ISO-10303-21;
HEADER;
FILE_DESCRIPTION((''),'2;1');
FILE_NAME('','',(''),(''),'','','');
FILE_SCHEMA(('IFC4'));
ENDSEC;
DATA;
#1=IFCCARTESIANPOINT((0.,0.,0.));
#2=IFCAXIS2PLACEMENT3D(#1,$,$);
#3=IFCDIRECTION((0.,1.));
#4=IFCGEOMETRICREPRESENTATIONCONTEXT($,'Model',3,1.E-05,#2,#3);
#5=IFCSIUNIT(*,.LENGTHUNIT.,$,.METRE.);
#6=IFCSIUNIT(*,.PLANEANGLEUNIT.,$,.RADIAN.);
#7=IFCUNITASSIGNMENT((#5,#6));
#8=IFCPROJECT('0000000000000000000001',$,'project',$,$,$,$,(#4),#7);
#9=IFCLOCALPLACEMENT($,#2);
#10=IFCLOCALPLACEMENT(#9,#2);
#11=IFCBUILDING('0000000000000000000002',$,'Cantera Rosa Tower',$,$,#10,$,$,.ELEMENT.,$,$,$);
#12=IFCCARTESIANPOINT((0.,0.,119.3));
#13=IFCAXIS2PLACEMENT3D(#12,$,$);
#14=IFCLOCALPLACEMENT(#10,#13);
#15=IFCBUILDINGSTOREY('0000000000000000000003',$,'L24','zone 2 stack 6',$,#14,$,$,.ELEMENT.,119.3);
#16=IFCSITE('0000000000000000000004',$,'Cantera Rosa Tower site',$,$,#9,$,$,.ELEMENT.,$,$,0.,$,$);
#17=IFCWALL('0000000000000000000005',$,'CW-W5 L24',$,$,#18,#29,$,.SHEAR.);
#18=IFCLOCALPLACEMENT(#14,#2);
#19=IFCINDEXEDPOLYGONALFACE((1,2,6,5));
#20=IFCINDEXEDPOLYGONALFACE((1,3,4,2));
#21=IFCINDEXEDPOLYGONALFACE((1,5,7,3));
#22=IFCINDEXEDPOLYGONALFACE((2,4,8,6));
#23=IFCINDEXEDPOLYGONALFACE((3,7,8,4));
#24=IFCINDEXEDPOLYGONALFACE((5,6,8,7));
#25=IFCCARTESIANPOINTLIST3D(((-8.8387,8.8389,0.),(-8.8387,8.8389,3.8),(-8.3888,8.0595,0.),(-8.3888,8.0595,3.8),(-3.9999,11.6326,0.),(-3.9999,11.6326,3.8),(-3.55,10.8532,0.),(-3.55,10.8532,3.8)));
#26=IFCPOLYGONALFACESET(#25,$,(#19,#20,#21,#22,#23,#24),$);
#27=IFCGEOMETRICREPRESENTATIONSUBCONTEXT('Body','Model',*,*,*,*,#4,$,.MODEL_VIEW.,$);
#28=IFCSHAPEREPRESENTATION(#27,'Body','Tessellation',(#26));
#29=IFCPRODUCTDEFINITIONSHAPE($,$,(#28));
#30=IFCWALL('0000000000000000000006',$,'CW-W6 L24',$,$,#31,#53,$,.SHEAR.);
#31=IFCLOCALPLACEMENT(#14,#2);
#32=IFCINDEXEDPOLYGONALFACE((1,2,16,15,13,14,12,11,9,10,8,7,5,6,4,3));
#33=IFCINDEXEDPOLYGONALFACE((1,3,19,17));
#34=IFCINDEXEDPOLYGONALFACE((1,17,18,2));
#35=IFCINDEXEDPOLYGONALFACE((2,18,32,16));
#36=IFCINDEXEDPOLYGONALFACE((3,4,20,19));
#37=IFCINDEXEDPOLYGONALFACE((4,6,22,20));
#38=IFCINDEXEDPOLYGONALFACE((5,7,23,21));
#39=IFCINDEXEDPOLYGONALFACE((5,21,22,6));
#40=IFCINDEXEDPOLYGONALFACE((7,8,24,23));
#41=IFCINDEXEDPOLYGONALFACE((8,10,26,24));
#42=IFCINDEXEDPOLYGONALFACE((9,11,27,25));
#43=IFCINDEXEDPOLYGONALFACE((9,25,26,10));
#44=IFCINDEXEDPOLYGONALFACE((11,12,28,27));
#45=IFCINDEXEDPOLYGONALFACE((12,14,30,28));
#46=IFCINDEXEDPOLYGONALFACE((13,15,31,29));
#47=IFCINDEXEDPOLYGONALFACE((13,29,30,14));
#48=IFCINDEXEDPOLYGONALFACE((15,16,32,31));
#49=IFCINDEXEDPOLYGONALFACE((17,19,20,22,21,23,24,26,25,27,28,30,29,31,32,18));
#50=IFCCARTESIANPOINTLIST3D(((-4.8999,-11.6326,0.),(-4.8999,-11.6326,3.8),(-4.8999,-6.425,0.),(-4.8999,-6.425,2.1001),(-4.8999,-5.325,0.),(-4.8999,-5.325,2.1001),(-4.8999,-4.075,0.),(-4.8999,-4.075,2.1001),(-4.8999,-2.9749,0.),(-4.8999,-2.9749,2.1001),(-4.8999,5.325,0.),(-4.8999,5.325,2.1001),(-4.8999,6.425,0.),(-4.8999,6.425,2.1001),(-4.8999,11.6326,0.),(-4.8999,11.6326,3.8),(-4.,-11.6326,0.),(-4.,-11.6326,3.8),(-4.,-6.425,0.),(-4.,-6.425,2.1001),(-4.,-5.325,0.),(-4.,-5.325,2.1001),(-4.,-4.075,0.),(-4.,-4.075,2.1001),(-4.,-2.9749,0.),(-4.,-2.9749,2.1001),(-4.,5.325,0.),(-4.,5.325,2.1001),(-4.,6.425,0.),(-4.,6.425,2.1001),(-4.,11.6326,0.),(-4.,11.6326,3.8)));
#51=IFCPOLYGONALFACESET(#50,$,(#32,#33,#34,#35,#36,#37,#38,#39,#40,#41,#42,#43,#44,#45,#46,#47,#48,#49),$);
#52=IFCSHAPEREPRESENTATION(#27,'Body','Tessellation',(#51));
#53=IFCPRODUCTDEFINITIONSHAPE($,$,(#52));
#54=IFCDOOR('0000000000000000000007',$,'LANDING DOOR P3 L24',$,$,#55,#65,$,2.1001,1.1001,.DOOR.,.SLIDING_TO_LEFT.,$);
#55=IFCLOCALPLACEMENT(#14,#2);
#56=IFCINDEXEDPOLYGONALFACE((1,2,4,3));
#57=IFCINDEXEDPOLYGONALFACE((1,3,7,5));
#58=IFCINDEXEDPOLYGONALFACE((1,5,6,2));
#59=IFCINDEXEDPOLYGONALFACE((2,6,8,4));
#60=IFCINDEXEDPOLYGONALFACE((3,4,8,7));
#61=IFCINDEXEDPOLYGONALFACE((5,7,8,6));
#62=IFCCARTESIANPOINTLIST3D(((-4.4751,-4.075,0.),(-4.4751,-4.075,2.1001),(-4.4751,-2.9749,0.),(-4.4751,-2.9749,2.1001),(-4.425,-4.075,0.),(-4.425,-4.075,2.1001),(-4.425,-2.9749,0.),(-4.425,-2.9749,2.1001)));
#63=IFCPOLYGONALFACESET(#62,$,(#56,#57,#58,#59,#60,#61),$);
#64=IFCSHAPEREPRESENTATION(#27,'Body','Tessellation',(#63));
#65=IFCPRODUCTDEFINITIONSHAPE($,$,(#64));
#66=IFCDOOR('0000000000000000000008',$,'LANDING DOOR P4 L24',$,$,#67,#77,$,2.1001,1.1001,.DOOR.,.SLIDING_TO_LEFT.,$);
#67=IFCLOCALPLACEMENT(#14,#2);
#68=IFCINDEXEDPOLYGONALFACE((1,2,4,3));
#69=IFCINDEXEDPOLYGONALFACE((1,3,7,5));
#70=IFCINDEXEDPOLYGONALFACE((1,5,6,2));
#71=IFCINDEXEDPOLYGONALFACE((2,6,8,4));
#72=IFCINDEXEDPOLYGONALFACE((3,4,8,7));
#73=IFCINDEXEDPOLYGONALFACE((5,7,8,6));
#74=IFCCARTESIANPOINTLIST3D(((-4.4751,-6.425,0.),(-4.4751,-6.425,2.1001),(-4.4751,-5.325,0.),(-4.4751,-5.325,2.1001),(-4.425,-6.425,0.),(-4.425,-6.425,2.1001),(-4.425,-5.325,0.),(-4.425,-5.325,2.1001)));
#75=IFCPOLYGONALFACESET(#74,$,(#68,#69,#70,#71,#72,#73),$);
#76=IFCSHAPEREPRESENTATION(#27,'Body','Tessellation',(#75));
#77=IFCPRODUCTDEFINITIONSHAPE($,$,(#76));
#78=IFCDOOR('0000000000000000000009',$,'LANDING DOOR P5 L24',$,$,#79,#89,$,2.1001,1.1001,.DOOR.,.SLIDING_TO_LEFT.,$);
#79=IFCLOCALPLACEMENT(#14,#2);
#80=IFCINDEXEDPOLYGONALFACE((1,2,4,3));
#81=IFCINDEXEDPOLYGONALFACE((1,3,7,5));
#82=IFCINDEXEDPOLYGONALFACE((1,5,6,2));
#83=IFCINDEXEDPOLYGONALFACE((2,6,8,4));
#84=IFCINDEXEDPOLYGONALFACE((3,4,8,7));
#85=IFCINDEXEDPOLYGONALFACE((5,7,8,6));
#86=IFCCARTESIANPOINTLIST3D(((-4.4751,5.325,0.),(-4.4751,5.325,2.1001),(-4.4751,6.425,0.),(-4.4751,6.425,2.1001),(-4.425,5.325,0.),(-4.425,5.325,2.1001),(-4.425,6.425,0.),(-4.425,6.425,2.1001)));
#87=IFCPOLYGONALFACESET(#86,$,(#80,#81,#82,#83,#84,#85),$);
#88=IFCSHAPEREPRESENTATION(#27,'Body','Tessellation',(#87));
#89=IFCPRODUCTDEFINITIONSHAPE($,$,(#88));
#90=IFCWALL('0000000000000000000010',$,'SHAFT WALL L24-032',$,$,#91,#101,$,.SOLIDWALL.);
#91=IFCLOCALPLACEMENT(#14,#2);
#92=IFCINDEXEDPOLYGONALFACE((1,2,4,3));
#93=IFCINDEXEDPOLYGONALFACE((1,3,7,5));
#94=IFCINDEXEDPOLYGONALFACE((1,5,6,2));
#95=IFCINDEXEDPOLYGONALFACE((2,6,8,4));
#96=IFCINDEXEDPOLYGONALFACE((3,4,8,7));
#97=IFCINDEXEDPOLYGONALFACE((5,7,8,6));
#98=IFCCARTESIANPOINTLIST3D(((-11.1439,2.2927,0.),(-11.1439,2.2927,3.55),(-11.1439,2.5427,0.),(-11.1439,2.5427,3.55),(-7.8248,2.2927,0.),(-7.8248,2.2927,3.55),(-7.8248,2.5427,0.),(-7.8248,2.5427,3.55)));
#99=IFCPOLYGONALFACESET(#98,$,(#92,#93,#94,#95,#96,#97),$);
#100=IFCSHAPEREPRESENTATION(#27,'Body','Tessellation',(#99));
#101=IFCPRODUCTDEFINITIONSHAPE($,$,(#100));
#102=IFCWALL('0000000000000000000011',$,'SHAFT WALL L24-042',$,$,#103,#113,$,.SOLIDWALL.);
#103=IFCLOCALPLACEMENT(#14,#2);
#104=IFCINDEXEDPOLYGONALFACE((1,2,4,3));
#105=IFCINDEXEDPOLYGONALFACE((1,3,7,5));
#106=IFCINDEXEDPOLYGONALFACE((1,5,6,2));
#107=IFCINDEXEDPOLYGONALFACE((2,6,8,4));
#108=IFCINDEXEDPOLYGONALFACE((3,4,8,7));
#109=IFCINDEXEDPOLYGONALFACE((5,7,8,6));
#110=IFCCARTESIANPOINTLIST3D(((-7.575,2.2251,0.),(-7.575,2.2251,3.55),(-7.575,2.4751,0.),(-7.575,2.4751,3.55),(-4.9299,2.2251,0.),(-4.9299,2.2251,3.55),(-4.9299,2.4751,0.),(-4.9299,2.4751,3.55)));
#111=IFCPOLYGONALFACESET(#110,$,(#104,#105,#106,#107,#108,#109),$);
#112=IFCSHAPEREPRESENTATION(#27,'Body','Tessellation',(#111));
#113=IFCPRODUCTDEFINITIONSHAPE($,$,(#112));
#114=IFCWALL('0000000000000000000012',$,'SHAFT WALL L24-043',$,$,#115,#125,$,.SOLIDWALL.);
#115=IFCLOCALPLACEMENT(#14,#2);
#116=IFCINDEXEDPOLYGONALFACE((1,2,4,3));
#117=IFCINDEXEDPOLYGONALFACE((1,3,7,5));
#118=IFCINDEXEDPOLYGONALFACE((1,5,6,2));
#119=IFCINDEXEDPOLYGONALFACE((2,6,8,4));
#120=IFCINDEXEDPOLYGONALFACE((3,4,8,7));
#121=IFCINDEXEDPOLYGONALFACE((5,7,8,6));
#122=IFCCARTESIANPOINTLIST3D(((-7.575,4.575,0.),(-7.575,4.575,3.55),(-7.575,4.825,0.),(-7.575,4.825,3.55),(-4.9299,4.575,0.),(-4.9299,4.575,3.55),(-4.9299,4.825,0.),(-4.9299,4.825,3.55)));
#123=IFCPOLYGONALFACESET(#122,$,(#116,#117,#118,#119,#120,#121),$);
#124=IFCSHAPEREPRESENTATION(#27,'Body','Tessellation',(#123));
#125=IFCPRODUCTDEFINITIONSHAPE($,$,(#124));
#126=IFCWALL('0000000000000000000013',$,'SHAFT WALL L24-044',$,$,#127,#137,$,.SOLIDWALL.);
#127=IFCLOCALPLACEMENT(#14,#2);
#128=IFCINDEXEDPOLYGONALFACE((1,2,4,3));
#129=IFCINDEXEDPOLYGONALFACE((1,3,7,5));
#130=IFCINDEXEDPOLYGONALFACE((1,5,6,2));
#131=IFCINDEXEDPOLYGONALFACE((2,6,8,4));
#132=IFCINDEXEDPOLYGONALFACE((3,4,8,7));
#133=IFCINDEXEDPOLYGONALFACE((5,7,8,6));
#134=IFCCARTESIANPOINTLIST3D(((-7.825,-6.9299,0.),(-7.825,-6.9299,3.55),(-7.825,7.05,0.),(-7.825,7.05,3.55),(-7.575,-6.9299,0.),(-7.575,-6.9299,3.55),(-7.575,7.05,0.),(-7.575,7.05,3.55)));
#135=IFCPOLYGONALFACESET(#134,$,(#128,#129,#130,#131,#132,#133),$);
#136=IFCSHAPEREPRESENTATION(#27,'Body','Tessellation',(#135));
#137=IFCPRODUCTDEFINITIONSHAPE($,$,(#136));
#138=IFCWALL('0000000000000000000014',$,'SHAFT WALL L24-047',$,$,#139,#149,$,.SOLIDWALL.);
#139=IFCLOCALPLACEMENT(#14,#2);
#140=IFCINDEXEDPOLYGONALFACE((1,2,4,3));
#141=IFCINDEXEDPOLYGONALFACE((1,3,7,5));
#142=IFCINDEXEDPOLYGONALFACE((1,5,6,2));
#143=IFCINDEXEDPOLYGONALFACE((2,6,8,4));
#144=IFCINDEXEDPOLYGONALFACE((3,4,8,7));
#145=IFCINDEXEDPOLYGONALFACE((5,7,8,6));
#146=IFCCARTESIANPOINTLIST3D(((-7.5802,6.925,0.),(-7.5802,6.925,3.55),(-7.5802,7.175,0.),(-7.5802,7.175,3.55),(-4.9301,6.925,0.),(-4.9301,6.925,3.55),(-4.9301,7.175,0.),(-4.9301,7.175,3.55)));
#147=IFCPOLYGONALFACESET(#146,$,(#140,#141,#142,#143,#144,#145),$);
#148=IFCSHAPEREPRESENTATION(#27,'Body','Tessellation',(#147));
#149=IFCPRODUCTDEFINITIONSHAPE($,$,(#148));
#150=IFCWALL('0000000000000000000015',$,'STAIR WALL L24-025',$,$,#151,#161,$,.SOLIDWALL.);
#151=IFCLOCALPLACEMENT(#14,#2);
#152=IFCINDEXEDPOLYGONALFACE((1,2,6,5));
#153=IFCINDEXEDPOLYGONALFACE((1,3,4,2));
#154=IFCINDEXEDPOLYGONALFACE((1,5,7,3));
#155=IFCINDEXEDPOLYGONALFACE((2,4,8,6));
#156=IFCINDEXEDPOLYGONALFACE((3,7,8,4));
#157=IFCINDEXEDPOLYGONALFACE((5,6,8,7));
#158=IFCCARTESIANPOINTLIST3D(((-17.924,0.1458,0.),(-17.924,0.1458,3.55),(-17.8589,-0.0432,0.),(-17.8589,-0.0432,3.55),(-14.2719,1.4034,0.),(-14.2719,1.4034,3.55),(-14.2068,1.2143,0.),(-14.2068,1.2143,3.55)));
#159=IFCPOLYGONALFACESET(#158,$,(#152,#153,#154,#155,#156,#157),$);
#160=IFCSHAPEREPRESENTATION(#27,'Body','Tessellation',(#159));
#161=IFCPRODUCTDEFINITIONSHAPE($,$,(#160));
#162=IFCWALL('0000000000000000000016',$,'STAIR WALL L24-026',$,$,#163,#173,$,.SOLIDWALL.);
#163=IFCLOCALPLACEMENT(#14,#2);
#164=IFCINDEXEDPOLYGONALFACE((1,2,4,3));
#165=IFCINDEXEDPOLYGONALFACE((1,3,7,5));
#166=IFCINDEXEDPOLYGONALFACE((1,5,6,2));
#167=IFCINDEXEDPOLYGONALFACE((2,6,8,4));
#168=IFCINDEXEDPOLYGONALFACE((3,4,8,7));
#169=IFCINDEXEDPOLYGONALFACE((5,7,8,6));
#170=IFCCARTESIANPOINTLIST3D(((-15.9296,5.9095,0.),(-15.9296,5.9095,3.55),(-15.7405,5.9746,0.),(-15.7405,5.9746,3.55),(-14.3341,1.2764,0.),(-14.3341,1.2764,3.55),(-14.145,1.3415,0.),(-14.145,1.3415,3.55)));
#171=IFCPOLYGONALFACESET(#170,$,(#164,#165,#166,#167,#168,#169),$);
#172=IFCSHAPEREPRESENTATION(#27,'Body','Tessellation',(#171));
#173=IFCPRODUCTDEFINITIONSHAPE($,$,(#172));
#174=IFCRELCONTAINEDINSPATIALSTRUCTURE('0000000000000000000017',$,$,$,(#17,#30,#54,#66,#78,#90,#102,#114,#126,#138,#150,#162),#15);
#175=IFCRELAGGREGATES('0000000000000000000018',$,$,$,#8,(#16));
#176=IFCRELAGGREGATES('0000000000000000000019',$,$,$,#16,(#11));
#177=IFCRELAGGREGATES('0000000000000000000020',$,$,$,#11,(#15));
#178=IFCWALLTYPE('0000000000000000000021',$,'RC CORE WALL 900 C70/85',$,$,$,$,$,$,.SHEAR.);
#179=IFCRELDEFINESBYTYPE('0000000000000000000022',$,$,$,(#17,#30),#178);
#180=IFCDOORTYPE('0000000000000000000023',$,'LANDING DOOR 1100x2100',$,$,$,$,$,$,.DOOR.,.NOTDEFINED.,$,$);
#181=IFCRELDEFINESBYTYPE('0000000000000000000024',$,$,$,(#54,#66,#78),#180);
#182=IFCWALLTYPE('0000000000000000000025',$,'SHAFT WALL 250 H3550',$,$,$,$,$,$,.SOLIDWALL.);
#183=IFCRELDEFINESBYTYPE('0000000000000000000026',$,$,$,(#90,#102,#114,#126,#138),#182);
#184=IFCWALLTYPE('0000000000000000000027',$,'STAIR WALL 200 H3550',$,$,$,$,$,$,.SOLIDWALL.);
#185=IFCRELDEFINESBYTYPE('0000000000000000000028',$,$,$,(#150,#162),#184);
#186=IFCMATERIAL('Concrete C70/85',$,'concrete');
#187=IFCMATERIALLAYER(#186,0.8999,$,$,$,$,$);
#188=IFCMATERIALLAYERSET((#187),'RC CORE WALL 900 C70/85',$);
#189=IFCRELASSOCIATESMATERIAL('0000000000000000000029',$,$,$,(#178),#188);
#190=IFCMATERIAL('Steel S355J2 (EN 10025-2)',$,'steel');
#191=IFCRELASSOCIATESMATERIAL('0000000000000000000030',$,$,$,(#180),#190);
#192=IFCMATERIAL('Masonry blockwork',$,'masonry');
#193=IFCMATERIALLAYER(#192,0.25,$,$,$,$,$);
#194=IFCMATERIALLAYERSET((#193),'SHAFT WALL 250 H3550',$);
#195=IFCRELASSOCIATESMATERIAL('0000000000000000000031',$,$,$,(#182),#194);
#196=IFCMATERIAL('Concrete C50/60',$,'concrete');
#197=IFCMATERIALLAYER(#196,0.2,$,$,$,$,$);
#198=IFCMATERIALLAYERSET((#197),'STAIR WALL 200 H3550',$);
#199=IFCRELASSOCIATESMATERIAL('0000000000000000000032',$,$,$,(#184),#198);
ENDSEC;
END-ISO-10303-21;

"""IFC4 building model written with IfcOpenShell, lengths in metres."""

from ifc_helpers import new_model, si_unit, direction, frame, frame_2d, origin, place, context, subcontext, project, spatial, rectangle, extrude, material, layer, layer_set, type_object, element, fill, save


model = new_model("IFC4")

# Units and contexts
model_context = context("Model", 3, precision=1e-05, world=origin(), true_north=direction((0.0, 1.0)))
body_context = subcontext(model_context, "Body", "Model", "MODEL_VIEW")
ifc_project = project(units=[si_unit("LENGTHUNIT", "METRE"), si_unit("PLANEANGLEUNIT", "RADIAN")], contexts=[model_context])

# Site, building, storey
site_placement = place(None, origin())
site = spatial("IfcSite", under=ifc_project, at=site_placement, Name="Cantera Rosa Tower site", CompositionType="ELEMENT", RefElevation=0.0)
building_placement = place(site_placement, origin())
building = spatial("IfcBuilding", under=site, at=building_placement, Name="Cantera Rosa Tower", CompositionType="ELEMENT")
storey_placement = place(building_placement, frame((0.0, 0.0, 119.3)))
storey = spatial("IfcBuildingStorey", under=building, at=storey_placement, Name="L24", Description="zone 2 stack 6", CompositionType="ELEMENT", Elevation=119.3)

# Wall
ifc_material_1 = material(Name="Concrete C70/85", Category="concrete")
ifc_layer_1 = layer(ifc_material_1, 0.8999)
ifc_layer_set_1 = layer_set([ifc_layer_1], Name="RC CORE WALL 900 C70/85")
wall_type_1 = type_object("IfcWallType", Name="RC CORE WALL 900 C70/85", PredefinedType="SHEAR", material=ifc_layer_set_1)
wall_1_placement = place(storey_placement, frame((-8.6138, 8.4492, 0.0), z_axis=(0.0, 0.0, 1.0), x_axis=(0.866027, 0.499997, 0.0)))
element("IfcWall", 1, at=wall_1_placement, inside=storey, type_object=wall_type_1, Name="CW-W5 L24", PredefinedType="SHEAR", context=body_context, shape_type="SweptSolid", body=[
    extrude(rectangle(XDim=5.5874, YDim=0.8999, at=frame_2d((2.7937, 0.0))), origin(), (0.0, 0.0, 1.0), 3.8),
])

# Wall, openings, doors
wall_2_placement = place(storey_placement, frame((-4.45, 11.6326, 0.0), z_axis=(0.0, 0.0, 1.0), x_axis=(0.0, -1.0, 0.0)))
wall_2 = element("IfcWall", 2, at=wall_2_placement, inside=storey, type_object=wall_type_1, Name="CW-W6 L24", PredefinedType="SHEAR", context=body_context, shape_type="SweptSolid", body=[
    extrude(rectangle(XDim=23.2651, YDim=0.8999, at=frame_2d((11.6326, 0.0))), origin(), (0.0, 0.0, 1.0), 3.8),
])
opening_1_placement = place(wall_2_placement, frame((14.6074, 0.0, 0.0)))
opening_1 = element("IfcOpeningElement", 3, at=opening_1_placement, cuts=wall_2, PredefinedType="OPENING", context=body_context, shape_type="SweptSolid", body=[
    extrude(rectangle(XDim=1.1001, YDim=2.1001, at=frame_2d((0.55, 1.05))), frame((0.0, 0.46, 0.0), z_axis=(0.0, -1.0, 0.0), x_axis=(1.0, 0.0, 0.0)), (0.0, 0.0, 1.0), 0.9199),
])
opening_2_placement = place(wall_2_placement, frame((16.9575, 0.0, 0.0)))
opening_2 = element("IfcOpeningElement", 4, at=opening_2_placement, cuts=wall_2, PredefinedType="OPENING", context=body_context, shape_type="SweptSolid", body=[
    extrude(rectangle(XDim=1.1001, YDim=2.1001, at=frame_2d((0.55, 1.05))), frame((0.0, 0.46, 0.0), z_axis=(0.0, -1.0, 0.0), x_axis=(1.0, 0.0, 0.0)), (0.0, 0.0, 1.0), 0.9199),
])
opening_3_placement = place(wall_2_placement, frame((5.2075, 0.0, 0.0)))
opening_3 = element("IfcOpeningElement", 5, at=opening_3_placement, cuts=wall_2, PredefinedType="OPENING", context=body_context, shape_type="SweptSolid", body=[
    extrude(rectangle(XDim=1.1001, YDim=2.1001, at=frame_2d((0.55, 1.05))), frame((0.0, 0.46, 0.0), z_axis=(0.0, -1.0, 0.0), x_axis=(1.0, 0.0, 0.0)), (0.0, 0.0, 1.0), 0.9199),
])
ifc_material_2 = material(Name="Steel S355J2 (EN 10025-2)", Category="steel")
door_type_1 = type_object("IfcDoorType", Name="LANDING DOOR 1100x2100", OperationType="NOTDEFINED", PredefinedType="DOOR", material=ifc_material_2)
door_1_placement = place(opening_1_placement, origin())
door_1 = element("IfcDoor", 6, at=door_1_placement, inside=storey, type_object=door_type_1, Name="LANDING DOOR P3 L24", OperationType="SLIDING_TO_LEFT", OverallHeight=2.1001, OverallWidth=1.1001, PredefinedType="DOOR", context=body_context, shape_type="SweptSolid", body=[
    extrude(rectangle(XDim=1.1001, YDim=2.1001, at=frame_2d((0.55, 1.05))), frame((0.0, 0.0249, 0.0), z_axis=(0.0, -1.0, 0.0), x_axis=(1.0, 0.0, 0.0)), (0.0, 0.0, 1.0), 0.05),
])
fill(opening_1, door_1)
door_2_placement = place(opening_2_placement, origin())
door_2 = element("IfcDoor", 7, at=door_2_placement, inside=storey, type_object=door_type_1, Name="LANDING DOOR P4 L24", OperationType="SLIDING_TO_LEFT", OverallHeight=2.1001, OverallWidth=1.1001, PredefinedType="DOOR", context=body_context, shape_type="SweptSolid", body=[
    extrude(rectangle(XDim=1.1001, YDim=2.1001, at=frame_2d((0.55, 1.05))), frame((0.0, 0.0249, 0.0), z_axis=(0.0, -1.0, 0.0), x_axis=(1.0, 0.0, 0.0)), (0.0, 0.0, 1.0), 0.05),
])
fill(opening_2, door_2)
door_3_placement = place(opening_3_placement, origin())
door_3 = element("IfcDoor", 8, at=door_3_placement, inside=storey, type_object=door_type_1, Name="LANDING DOOR P5 L24", OperationType="SLIDING_TO_LEFT", OverallHeight=2.1001, OverallWidth=1.1001, PredefinedType="DOOR", context=body_context, shape_type="SweptSolid", body=[
    extrude(rectangle(XDim=1.1001, YDim=2.1001, at=frame_2d((0.55, 1.05))), frame((0.0, 0.0249, 0.0), z_axis=(0.0, -1.0, 0.0), x_axis=(1.0, 0.0, 0.0)), (0.0, 0.0, 1.0), 0.05),
])
fill(opening_3, door_3)

# Walls
ifc_material_3 = material(Name="Masonry blockwork", Category="masonry")
ifc_layer_2 = layer(ifc_material_3, 0.25)
ifc_layer_set_2 = layer_set([ifc_layer_2], Name="SHAFT WALL 250 H3550")
wall_type_2 = type_object("IfcWallType", Name="SHAFT WALL 250 H3550", PredefinedType="SOLIDWALL", material=ifc_layer_set_2)
wall_3_placement = place(storey_placement, frame((-11.144, 2.4177, 0.0), z_axis=(0.0, 0.0, 1.0), x_axis=(1.0, 0.0, 0.0)))
element("IfcWall", 9, at=wall_3_placement, inside=storey, type_object=wall_type_2, Name="SHAFT WALL L24-032", PredefinedType="SOLIDWALL", context=body_context, shape_type="SweptSolid", body=[
    extrude(rectangle(XDim=3.3191, YDim=0.25, at=frame_2d((1.6597, 0.0))), origin(), (0.0, 0.0, 1.0), 3.55),
])
for number, where, z_axis, x_axis, name in (
    (10, (-7.575, 2.3501, 0.0), (0.0, 0.0, 1.0), (1.0, 0.0, 0.0), "SHAFT WALL L24-042"),
    (11, (-7.575, 4.7, 0.0), (0.0, 0.0, 1.0), (1.0, 0.0, 0.0), "SHAFT WALL L24-043"),
):
    element("IfcWall", number, at=place(storey_placement, frame(where, z_axis=z_axis, x_axis=x_axis)), inside=storey, type_object=wall_type_2, Name=name, PredefinedType="SOLIDWALL", context=body_context, shape_type="SweptSolid", body=[
        extrude(rectangle(XDim=2.645, YDim=0.25, at=frame_2d((1.3225, 0.0))), origin(), (0.0, 0.0, 1.0), 3.55),
    ])
wall_4_placement = place(storey_placement, frame((-7.7, 7.05, 0.0), z_axis=(0.0, 0.0, 1.0), x_axis=(0.0, -1.0, 0.0)))
element("IfcWall", 12, at=wall_4_placement, inside=storey, type_object=wall_type_2, Name="SHAFT WALL L24-044", PredefinedType="SOLIDWALL", context=body_context, shape_type="SweptSolid", body=[
    extrude(rectangle(XDim=13.98, YDim=0.25, at=frame_2d((6.99, 0.0))), origin(), (0.0, 0.0, 1.0), 3.55),
])
wall_5_placement = place(storey_placement, frame((-4.9299, 7.05, 0.0), z_axis=(0.0, 0.0, 1.0), x_axis=(-1.0, 0.0, 0.0)))
element("IfcWall", 13, at=wall_5_placement, inside=storey, type_object=wall_type_2, Name="SHAFT WALL L24-047", PredefinedType="SOLIDWALL", context=body_context, shape_type="SweptSolid", body=[
    extrude(rectangle(XDim=2.6501, YDim=0.25, at=frame_2d((1.3252, 0.0))), origin(), (0.0, 0.0, 1.0), 3.55),
])
ifc_material_4 = material(Name="Concrete C50/60", Category="concrete")
ifc_layer_3 = layer(ifc_material_4, 0.2)
ifc_layer_set_3 = layer_set([ifc_layer_3], Name="STAIR WALL 200 H3550")
wall_type_3 = type_object("IfcWallType", Name="STAIR WALL 200 H3550", PredefinedType="SOLIDWALL", material=ifc_layer_set_3)
wall_6_placement = place(storey_placement, frame((-14.2395, 1.3088, 0.0), z_axis=(0.0, 0.0, 1.0), x_axis=(-0.945515, -0.32558, 0.0)))
element("IfcWall", 14, at=wall_6_placement, inside=storey, type_object=wall_type_3, Name="STAIR WALL L24-025", PredefinedType="SOLIDWALL", context=body_context, shape_type="SweptSolid", body=[
    extrude(rectangle(XDim=3.8625, YDim=0.2, at=frame_2d((1.9312, 0.0))), origin(), (0.0, 0.0, 1.0), 3.55),
])
wall_7_placement = place(storey_placement, frame((-14.2395, 1.3088, 0.0), z_axis=(0.0, 0.0, 1.0), x_axis=(-0.325599, 0.945508, 0.0)))
element("IfcWall", 15, at=wall_7_placement, inside=storey, type_object=wall_type_3, Name="STAIR WALL L24-026", PredefinedType="SOLIDWALL", context=body_context, shape_type="SweptSolid", body=[
    extrude(rectangle(XDim=4.9001, YDim=0.2, at=frame_2d((2.4502, 0.0))), origin(), (0.0, 0.0, 1.0), 3.55),
])

save(model, "model.ifc")
